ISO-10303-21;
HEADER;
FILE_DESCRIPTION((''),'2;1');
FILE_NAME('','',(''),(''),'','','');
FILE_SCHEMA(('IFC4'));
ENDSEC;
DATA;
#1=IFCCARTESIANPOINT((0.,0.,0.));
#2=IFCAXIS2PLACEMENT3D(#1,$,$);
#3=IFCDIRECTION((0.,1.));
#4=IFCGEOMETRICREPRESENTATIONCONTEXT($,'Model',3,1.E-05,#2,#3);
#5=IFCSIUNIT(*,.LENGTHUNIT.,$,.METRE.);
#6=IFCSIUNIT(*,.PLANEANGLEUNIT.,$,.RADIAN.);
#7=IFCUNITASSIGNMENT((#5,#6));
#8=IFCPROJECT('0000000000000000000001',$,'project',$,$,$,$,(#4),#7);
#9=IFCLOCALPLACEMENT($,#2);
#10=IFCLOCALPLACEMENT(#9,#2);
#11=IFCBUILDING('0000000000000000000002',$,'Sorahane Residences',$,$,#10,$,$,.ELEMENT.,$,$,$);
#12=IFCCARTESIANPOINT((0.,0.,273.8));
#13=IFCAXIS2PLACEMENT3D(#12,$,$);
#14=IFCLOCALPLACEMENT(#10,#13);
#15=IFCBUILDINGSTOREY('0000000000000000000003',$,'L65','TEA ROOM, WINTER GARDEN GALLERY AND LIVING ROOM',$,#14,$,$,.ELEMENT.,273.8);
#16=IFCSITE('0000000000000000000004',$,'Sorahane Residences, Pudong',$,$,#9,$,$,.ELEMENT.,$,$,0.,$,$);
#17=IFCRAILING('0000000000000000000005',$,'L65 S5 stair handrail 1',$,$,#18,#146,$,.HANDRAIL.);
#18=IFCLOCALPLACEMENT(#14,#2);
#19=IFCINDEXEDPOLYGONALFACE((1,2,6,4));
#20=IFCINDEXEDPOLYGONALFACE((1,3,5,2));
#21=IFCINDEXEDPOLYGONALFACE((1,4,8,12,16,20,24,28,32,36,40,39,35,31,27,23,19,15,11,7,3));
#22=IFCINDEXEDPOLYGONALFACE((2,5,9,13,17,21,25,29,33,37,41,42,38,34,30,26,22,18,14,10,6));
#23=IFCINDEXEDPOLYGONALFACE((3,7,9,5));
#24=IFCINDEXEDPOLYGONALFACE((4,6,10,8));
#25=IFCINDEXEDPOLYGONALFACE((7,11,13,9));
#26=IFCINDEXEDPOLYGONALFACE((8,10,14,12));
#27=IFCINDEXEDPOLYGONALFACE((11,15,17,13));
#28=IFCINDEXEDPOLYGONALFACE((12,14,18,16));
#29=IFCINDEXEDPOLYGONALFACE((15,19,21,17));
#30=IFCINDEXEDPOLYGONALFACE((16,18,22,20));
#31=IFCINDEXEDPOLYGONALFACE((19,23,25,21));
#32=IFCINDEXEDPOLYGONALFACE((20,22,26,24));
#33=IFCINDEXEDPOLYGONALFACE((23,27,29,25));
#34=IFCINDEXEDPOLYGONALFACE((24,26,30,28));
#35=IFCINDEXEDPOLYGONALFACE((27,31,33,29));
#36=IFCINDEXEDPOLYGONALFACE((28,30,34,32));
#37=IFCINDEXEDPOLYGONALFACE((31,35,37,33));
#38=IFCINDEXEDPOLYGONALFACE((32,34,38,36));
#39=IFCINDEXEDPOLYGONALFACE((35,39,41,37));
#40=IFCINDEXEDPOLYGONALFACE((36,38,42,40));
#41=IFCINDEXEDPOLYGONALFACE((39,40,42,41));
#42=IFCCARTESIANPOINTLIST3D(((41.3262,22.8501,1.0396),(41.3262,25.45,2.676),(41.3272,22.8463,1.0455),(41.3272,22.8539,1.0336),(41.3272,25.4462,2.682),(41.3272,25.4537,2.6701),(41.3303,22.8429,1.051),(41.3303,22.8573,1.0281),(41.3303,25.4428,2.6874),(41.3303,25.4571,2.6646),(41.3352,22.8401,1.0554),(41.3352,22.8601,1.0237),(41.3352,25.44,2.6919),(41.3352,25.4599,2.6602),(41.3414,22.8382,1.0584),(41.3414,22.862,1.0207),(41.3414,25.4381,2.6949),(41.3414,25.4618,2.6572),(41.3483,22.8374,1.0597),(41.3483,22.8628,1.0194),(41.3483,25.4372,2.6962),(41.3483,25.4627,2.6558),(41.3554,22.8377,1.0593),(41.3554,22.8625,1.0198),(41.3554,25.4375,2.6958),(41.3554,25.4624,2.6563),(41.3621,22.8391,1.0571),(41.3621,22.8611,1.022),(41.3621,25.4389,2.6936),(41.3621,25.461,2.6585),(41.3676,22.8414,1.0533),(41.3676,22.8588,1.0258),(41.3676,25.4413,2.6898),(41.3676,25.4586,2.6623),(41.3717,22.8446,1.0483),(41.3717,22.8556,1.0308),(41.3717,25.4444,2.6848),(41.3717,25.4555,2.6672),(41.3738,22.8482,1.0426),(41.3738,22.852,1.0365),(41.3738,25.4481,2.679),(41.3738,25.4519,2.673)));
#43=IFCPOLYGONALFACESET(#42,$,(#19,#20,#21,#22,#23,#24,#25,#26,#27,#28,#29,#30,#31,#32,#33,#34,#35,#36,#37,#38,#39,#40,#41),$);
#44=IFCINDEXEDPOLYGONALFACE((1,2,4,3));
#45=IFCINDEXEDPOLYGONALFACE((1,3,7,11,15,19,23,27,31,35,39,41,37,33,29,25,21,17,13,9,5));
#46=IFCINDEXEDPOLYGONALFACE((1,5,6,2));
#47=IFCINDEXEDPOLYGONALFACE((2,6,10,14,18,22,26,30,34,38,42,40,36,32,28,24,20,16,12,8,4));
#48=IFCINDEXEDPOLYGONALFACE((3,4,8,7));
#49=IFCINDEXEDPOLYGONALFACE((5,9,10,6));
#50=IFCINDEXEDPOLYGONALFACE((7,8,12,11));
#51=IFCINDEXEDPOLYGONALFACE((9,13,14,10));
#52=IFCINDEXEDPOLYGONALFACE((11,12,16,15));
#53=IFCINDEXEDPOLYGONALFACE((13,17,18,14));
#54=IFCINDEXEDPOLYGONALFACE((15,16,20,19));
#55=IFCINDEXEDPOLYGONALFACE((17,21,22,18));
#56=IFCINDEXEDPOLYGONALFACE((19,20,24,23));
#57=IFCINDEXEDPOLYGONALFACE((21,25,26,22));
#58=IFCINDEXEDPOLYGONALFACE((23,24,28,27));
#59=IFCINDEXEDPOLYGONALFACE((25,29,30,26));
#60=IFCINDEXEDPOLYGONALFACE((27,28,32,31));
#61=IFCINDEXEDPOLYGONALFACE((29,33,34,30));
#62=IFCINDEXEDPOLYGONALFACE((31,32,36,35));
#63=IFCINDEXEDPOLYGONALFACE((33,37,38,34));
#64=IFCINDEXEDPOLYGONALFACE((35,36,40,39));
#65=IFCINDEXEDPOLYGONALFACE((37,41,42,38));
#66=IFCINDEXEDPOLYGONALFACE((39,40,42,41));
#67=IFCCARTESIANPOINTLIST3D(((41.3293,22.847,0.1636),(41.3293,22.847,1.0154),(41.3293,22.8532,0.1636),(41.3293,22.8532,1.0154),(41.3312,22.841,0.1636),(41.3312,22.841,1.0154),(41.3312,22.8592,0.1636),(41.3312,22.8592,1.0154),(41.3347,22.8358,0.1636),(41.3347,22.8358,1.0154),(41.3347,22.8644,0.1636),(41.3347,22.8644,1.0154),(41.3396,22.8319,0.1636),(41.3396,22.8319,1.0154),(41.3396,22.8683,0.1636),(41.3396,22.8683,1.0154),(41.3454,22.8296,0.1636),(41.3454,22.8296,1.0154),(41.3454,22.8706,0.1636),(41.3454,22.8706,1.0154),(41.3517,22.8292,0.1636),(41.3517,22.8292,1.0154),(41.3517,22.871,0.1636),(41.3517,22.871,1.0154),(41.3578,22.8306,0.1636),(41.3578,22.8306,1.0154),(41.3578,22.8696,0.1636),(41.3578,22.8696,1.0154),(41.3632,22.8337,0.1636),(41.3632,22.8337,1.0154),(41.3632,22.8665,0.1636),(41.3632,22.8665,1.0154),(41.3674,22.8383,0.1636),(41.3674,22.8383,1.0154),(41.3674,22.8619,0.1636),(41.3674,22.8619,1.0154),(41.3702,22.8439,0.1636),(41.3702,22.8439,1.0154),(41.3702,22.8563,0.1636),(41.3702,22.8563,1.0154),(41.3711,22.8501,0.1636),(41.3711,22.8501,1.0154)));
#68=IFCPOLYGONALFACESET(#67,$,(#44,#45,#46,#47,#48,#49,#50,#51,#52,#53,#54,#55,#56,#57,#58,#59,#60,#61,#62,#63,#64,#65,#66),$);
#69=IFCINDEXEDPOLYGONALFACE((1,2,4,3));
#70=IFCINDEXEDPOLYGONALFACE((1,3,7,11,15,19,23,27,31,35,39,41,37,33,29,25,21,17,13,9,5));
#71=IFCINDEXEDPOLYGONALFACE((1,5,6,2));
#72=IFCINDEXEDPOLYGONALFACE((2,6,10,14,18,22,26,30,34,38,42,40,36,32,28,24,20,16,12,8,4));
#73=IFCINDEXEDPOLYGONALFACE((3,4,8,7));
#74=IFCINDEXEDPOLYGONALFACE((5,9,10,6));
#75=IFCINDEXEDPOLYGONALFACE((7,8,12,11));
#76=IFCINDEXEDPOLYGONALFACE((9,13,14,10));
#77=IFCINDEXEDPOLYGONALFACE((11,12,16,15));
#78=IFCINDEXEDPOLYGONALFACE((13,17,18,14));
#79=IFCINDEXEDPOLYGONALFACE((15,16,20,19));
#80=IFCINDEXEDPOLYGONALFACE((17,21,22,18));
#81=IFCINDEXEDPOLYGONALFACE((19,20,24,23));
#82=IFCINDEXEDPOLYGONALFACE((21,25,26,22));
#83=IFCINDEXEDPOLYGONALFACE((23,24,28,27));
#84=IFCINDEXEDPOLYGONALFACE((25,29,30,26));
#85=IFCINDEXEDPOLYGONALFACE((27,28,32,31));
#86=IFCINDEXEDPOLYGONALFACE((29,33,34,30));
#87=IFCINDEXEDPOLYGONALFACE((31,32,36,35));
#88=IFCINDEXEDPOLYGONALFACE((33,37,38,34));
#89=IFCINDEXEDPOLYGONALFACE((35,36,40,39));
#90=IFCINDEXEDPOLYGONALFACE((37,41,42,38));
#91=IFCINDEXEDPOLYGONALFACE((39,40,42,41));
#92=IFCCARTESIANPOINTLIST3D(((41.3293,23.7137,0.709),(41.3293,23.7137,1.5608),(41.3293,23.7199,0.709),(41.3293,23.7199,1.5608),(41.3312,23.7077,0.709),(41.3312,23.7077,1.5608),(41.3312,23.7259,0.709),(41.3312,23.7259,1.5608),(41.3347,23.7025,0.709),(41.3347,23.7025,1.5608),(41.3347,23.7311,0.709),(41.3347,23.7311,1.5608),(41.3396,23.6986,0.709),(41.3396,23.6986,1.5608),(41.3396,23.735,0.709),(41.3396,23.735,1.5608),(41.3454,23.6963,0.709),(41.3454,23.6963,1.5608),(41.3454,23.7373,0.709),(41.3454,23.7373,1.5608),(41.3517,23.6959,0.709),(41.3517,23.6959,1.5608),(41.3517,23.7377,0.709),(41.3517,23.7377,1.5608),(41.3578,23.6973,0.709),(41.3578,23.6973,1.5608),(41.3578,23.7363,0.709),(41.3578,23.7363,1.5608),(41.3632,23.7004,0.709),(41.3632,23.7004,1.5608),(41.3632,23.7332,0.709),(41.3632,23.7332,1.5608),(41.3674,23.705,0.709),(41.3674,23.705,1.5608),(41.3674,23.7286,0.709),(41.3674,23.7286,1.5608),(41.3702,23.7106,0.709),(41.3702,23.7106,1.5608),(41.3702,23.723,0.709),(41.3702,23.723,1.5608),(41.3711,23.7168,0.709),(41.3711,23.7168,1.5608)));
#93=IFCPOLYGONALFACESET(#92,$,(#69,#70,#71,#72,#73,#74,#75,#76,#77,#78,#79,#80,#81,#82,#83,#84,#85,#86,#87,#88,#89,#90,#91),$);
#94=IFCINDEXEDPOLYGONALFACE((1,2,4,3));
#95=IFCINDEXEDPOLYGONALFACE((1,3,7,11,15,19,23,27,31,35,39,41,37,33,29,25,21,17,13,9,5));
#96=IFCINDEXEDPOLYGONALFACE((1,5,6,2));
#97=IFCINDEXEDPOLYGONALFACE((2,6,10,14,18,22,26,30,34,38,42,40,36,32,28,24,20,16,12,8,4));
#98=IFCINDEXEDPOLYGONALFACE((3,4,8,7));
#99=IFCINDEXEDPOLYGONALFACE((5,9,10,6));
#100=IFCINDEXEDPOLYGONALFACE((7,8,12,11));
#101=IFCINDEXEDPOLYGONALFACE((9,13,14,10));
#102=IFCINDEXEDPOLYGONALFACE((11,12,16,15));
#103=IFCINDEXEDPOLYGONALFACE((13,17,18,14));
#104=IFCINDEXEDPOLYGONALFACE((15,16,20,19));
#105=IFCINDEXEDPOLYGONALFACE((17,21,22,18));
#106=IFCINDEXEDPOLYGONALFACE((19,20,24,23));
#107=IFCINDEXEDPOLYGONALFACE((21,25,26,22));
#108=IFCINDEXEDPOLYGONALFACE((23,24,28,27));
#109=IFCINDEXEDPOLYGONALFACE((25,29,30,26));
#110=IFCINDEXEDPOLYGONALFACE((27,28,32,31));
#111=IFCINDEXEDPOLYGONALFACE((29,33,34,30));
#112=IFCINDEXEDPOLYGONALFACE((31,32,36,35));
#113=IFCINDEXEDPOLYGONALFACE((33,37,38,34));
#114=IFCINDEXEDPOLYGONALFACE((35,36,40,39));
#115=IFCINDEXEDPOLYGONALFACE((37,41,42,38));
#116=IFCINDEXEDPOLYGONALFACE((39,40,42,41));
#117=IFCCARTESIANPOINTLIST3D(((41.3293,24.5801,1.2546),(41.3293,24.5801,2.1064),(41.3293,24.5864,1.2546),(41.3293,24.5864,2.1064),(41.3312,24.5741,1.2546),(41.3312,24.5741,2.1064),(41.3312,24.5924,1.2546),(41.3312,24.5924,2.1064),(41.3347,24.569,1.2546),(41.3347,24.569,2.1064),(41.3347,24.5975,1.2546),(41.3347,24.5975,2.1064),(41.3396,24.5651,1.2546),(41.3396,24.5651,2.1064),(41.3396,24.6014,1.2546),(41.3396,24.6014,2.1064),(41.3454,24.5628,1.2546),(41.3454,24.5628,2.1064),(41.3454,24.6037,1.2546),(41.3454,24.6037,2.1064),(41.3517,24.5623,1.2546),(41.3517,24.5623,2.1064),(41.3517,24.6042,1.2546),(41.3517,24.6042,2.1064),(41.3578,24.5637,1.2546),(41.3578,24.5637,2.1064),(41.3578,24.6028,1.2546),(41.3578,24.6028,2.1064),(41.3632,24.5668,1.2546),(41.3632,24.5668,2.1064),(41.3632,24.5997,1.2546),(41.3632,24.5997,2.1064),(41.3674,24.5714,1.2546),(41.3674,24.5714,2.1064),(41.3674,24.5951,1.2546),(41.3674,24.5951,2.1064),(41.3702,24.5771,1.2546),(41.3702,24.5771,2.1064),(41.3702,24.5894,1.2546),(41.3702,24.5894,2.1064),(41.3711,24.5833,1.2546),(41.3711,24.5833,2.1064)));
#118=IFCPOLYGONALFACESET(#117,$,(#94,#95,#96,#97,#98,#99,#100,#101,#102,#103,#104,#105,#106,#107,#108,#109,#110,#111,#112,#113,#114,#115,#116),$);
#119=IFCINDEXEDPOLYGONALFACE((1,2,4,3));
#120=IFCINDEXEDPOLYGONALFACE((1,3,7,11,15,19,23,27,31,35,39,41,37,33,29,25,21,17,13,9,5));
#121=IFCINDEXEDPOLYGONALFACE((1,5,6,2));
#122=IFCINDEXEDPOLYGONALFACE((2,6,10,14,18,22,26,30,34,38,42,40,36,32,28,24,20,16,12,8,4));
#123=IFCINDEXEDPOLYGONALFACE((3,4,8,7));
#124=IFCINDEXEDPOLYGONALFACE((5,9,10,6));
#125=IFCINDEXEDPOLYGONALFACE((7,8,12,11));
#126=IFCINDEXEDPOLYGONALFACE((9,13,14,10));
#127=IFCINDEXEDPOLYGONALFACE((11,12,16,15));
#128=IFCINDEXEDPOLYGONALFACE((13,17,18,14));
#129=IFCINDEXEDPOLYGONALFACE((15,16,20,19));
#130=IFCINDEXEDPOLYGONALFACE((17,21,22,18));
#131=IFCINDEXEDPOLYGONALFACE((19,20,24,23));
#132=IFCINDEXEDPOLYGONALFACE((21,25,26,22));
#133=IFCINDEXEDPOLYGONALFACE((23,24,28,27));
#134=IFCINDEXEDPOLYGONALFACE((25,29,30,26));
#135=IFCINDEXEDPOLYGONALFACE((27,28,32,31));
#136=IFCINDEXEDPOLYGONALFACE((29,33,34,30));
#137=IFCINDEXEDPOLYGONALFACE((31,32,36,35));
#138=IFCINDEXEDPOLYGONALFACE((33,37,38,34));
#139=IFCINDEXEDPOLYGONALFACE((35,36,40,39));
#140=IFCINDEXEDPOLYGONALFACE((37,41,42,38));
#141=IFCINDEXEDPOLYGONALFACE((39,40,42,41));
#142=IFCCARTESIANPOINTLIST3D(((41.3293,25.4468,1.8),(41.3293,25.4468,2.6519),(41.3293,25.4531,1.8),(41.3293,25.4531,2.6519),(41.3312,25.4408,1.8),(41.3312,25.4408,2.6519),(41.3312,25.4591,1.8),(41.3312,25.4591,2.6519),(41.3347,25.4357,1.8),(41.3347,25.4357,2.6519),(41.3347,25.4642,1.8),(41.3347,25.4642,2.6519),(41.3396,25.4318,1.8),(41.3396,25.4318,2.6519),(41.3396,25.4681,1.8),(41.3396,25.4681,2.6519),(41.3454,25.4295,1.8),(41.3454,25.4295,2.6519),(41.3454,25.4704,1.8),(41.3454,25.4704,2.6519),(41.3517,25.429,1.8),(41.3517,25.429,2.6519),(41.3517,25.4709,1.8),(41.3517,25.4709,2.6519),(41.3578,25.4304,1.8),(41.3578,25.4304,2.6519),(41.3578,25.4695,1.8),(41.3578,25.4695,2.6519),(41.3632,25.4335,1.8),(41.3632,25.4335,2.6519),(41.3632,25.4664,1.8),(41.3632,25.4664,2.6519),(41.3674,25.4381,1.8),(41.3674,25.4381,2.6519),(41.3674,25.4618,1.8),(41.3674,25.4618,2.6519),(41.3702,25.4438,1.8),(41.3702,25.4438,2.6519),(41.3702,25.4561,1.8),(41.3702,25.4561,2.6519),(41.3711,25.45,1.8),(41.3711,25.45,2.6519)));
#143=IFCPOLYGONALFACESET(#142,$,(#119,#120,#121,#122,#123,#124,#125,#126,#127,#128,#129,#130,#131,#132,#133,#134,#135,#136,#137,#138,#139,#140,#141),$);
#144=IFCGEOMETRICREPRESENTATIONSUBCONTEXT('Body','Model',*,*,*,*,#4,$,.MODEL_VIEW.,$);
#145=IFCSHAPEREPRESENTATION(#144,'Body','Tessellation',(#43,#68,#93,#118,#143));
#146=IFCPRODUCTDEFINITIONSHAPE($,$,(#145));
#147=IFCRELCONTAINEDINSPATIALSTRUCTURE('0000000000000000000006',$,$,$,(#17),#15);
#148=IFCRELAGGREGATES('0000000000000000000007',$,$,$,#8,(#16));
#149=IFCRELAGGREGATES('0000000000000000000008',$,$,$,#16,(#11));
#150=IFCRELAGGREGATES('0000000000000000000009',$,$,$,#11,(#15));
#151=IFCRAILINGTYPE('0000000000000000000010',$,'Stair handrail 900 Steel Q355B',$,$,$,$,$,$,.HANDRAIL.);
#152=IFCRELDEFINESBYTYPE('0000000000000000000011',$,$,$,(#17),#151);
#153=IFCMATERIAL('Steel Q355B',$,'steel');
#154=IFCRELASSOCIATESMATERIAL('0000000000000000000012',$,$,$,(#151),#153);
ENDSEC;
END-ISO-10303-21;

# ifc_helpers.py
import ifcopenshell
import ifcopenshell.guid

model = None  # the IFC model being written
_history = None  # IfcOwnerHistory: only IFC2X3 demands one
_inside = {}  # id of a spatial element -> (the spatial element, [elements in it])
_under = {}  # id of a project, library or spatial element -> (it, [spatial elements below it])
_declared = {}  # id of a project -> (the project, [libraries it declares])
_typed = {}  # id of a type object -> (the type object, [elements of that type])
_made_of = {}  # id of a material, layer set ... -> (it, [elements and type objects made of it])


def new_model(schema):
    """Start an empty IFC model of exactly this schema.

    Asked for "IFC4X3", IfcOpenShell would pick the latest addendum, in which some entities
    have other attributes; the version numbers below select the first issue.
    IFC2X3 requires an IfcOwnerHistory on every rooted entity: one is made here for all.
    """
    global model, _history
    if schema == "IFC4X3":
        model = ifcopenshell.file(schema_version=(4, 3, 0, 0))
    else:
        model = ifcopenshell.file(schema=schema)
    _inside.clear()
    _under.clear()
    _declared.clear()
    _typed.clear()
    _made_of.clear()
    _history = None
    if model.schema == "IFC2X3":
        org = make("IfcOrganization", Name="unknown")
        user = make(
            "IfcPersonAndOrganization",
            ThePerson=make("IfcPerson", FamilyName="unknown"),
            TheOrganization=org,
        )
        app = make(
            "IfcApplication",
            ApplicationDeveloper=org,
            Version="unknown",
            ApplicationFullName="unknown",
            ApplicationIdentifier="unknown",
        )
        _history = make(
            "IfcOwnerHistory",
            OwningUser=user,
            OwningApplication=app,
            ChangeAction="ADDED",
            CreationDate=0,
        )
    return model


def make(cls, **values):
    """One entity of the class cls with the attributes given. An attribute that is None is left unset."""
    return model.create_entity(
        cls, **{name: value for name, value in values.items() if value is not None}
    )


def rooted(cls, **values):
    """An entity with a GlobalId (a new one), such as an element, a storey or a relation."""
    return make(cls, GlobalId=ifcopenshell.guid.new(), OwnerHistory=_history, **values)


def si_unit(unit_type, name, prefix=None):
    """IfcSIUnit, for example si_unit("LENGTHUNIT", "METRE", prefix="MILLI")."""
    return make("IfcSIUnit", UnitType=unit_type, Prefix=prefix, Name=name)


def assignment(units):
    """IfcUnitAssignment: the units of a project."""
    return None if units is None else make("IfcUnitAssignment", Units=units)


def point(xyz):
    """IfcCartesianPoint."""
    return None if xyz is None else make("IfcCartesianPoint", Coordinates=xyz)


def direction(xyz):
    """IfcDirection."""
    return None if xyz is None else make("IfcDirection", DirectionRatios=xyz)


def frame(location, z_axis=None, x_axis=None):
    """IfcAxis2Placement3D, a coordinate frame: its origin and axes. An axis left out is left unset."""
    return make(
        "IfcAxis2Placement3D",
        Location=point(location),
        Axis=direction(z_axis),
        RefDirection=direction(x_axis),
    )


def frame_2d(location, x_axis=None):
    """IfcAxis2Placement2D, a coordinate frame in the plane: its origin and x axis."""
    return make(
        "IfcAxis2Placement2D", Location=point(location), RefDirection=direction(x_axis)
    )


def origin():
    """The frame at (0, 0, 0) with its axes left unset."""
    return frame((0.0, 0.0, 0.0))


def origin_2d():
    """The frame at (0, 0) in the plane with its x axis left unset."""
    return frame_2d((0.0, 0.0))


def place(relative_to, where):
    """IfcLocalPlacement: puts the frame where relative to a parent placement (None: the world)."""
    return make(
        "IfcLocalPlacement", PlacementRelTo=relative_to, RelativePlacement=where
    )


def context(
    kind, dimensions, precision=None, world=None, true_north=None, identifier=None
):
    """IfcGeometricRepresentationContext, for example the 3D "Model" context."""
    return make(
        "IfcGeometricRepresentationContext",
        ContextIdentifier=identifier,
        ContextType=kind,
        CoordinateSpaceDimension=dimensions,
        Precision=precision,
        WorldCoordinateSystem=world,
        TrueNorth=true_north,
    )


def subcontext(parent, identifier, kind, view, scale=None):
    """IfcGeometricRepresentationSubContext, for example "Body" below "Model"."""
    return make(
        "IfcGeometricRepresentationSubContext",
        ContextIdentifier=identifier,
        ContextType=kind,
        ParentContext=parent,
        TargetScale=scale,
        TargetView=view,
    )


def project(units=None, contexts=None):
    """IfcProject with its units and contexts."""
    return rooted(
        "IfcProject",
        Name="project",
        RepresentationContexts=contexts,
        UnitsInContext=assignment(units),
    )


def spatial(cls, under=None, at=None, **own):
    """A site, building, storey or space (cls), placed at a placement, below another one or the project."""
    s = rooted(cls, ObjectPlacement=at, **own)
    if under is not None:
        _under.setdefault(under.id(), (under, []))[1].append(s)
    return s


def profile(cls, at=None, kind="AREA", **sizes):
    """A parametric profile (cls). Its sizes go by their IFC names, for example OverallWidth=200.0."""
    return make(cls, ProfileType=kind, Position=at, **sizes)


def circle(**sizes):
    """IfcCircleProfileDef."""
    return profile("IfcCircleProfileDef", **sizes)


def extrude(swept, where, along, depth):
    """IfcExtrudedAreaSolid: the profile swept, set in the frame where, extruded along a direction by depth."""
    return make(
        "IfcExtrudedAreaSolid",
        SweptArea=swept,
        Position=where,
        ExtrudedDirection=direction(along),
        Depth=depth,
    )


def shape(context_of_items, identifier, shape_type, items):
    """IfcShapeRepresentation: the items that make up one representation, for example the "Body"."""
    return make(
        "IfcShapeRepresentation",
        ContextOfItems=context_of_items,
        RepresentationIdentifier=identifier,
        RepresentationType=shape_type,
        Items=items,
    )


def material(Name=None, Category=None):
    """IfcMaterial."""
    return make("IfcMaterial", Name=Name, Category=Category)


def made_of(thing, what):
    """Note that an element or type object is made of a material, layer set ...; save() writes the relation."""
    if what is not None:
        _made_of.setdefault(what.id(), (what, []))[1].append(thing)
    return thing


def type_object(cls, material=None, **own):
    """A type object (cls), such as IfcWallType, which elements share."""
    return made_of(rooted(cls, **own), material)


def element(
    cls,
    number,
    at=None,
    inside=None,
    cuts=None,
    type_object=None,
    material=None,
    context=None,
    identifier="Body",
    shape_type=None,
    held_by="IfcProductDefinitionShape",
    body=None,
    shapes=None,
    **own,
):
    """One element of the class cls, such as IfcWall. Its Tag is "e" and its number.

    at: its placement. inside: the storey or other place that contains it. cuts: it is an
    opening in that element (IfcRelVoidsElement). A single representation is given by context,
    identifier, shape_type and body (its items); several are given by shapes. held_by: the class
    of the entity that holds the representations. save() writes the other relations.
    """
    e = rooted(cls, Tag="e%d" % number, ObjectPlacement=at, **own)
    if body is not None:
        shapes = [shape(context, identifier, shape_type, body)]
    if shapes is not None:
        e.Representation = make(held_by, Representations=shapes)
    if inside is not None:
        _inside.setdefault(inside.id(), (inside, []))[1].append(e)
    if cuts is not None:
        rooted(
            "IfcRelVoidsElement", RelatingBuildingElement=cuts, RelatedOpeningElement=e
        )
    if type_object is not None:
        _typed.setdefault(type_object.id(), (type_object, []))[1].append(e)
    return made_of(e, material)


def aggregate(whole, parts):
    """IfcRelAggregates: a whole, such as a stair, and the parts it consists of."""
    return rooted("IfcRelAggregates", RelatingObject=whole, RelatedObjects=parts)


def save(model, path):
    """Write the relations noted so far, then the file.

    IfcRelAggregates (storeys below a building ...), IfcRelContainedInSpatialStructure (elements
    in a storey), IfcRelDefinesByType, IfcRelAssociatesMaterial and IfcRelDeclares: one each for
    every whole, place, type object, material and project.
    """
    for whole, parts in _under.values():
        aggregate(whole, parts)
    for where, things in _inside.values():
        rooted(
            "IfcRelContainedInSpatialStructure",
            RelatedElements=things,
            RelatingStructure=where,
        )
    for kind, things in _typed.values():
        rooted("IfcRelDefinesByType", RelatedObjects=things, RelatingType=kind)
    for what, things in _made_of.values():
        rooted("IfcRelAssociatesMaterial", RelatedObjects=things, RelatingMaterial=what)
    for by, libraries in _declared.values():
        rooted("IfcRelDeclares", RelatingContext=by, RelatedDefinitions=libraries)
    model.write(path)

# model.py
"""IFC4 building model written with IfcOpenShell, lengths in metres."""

from ifc_helpers import new_model, si_unit, direction, frame, origin, origin_2d, place, context, subcontext, project, spatial, circle, extrude, material, type_object, element, save


model = new_model("IFC4")

# Units and contexts
model_context = context("Model", 3, precision=1e-05, world=origin(), true_north=direction((0.0, 1.0)))
body_context = subcontext(model_context, "Body", "Model", "MODEL_VIEW")
ifc_project = project(units=[si_unit("LENGTHUNIT", "METRE"), si_unit("PLANEANGLEUNIT", "RADIAN")], contexts=[model_context])

# Site, building, storey
site_placement = place(None, origin())
site = spatial("IfcSite", under=ifc_project, at=site_placement, Name="Sorahane Residences, Pudong", CompositionType="ELEMENT", RefElevation=0.0)
building_placement = place(site_placement, origin())
building = spatial("IfcBuilding", under=site, at=building_placement, Name="Sorahane Residences", CompositionType="ELEMENT")
storey_placement = place(building_placement, frame((0.0, 0.0, 273.8)))
storey = spatial("IfcBuildingStorey", under=building, at=storey_placement, Name="L65", Description="TEA ROOM, WINTER GARDEN GALLERY AND LIVING ROOM", CompositionType="ELEMENT", Elevation=273.8)

# Railing
ifc_material_1 = material(Name="Steel Q355B", Category="steel")
railing_type_1 = type_object("IfcRailingType", Name="Stair handrail 900 Steel Q355B", PredefinedType="HANDRAIL", material=ifc_material_1)
railing_1_placement = place(storey_placement, frame((41.3501, 22.8501, 0.1636)))
element("IfcRailing", 1, at=railing_1_placement, inside=storey, type_object=railing_type_1, Name="L65 S5 stair handrail 1", PredefinedType="HANDRAIL", context=body_context, shape_type="SweptSolid", body=[
    extrude(circle(Radius=0.0239, at=origin_2d()), frame((0.0, 0.0, 0.876), z_axis=(0.0, 0.846302, 0.532704), x_axis=(-1.0, 0.0, 0.0)), (0.0, 0.0, 1.0), 3.072),
    extrude(circle(Radius=0.021, at=origin_2d()), origin(), (0.0, 0.0, 1.0), 0.8518),
    extrude(circle(Radius=0.021, at=origin_2d()), frame((0.0, 0.8667, 0.5454)), (0.0, 0.0, 1.0), 0.8518),
    extrude(circle(Radius=0.021, at=origin_2d()), frame((0.0, 1.7332, 1.0911)), (0.0, 0.0, 1.0), 0.8518),
    extrude(circle(Radius=0.021, at=origin_2d()), frame((0.0, 2.5999, 1.6365)), (0.0, 0.0, 1.0), 0.8518),
])

save(model, "model.ifc")
